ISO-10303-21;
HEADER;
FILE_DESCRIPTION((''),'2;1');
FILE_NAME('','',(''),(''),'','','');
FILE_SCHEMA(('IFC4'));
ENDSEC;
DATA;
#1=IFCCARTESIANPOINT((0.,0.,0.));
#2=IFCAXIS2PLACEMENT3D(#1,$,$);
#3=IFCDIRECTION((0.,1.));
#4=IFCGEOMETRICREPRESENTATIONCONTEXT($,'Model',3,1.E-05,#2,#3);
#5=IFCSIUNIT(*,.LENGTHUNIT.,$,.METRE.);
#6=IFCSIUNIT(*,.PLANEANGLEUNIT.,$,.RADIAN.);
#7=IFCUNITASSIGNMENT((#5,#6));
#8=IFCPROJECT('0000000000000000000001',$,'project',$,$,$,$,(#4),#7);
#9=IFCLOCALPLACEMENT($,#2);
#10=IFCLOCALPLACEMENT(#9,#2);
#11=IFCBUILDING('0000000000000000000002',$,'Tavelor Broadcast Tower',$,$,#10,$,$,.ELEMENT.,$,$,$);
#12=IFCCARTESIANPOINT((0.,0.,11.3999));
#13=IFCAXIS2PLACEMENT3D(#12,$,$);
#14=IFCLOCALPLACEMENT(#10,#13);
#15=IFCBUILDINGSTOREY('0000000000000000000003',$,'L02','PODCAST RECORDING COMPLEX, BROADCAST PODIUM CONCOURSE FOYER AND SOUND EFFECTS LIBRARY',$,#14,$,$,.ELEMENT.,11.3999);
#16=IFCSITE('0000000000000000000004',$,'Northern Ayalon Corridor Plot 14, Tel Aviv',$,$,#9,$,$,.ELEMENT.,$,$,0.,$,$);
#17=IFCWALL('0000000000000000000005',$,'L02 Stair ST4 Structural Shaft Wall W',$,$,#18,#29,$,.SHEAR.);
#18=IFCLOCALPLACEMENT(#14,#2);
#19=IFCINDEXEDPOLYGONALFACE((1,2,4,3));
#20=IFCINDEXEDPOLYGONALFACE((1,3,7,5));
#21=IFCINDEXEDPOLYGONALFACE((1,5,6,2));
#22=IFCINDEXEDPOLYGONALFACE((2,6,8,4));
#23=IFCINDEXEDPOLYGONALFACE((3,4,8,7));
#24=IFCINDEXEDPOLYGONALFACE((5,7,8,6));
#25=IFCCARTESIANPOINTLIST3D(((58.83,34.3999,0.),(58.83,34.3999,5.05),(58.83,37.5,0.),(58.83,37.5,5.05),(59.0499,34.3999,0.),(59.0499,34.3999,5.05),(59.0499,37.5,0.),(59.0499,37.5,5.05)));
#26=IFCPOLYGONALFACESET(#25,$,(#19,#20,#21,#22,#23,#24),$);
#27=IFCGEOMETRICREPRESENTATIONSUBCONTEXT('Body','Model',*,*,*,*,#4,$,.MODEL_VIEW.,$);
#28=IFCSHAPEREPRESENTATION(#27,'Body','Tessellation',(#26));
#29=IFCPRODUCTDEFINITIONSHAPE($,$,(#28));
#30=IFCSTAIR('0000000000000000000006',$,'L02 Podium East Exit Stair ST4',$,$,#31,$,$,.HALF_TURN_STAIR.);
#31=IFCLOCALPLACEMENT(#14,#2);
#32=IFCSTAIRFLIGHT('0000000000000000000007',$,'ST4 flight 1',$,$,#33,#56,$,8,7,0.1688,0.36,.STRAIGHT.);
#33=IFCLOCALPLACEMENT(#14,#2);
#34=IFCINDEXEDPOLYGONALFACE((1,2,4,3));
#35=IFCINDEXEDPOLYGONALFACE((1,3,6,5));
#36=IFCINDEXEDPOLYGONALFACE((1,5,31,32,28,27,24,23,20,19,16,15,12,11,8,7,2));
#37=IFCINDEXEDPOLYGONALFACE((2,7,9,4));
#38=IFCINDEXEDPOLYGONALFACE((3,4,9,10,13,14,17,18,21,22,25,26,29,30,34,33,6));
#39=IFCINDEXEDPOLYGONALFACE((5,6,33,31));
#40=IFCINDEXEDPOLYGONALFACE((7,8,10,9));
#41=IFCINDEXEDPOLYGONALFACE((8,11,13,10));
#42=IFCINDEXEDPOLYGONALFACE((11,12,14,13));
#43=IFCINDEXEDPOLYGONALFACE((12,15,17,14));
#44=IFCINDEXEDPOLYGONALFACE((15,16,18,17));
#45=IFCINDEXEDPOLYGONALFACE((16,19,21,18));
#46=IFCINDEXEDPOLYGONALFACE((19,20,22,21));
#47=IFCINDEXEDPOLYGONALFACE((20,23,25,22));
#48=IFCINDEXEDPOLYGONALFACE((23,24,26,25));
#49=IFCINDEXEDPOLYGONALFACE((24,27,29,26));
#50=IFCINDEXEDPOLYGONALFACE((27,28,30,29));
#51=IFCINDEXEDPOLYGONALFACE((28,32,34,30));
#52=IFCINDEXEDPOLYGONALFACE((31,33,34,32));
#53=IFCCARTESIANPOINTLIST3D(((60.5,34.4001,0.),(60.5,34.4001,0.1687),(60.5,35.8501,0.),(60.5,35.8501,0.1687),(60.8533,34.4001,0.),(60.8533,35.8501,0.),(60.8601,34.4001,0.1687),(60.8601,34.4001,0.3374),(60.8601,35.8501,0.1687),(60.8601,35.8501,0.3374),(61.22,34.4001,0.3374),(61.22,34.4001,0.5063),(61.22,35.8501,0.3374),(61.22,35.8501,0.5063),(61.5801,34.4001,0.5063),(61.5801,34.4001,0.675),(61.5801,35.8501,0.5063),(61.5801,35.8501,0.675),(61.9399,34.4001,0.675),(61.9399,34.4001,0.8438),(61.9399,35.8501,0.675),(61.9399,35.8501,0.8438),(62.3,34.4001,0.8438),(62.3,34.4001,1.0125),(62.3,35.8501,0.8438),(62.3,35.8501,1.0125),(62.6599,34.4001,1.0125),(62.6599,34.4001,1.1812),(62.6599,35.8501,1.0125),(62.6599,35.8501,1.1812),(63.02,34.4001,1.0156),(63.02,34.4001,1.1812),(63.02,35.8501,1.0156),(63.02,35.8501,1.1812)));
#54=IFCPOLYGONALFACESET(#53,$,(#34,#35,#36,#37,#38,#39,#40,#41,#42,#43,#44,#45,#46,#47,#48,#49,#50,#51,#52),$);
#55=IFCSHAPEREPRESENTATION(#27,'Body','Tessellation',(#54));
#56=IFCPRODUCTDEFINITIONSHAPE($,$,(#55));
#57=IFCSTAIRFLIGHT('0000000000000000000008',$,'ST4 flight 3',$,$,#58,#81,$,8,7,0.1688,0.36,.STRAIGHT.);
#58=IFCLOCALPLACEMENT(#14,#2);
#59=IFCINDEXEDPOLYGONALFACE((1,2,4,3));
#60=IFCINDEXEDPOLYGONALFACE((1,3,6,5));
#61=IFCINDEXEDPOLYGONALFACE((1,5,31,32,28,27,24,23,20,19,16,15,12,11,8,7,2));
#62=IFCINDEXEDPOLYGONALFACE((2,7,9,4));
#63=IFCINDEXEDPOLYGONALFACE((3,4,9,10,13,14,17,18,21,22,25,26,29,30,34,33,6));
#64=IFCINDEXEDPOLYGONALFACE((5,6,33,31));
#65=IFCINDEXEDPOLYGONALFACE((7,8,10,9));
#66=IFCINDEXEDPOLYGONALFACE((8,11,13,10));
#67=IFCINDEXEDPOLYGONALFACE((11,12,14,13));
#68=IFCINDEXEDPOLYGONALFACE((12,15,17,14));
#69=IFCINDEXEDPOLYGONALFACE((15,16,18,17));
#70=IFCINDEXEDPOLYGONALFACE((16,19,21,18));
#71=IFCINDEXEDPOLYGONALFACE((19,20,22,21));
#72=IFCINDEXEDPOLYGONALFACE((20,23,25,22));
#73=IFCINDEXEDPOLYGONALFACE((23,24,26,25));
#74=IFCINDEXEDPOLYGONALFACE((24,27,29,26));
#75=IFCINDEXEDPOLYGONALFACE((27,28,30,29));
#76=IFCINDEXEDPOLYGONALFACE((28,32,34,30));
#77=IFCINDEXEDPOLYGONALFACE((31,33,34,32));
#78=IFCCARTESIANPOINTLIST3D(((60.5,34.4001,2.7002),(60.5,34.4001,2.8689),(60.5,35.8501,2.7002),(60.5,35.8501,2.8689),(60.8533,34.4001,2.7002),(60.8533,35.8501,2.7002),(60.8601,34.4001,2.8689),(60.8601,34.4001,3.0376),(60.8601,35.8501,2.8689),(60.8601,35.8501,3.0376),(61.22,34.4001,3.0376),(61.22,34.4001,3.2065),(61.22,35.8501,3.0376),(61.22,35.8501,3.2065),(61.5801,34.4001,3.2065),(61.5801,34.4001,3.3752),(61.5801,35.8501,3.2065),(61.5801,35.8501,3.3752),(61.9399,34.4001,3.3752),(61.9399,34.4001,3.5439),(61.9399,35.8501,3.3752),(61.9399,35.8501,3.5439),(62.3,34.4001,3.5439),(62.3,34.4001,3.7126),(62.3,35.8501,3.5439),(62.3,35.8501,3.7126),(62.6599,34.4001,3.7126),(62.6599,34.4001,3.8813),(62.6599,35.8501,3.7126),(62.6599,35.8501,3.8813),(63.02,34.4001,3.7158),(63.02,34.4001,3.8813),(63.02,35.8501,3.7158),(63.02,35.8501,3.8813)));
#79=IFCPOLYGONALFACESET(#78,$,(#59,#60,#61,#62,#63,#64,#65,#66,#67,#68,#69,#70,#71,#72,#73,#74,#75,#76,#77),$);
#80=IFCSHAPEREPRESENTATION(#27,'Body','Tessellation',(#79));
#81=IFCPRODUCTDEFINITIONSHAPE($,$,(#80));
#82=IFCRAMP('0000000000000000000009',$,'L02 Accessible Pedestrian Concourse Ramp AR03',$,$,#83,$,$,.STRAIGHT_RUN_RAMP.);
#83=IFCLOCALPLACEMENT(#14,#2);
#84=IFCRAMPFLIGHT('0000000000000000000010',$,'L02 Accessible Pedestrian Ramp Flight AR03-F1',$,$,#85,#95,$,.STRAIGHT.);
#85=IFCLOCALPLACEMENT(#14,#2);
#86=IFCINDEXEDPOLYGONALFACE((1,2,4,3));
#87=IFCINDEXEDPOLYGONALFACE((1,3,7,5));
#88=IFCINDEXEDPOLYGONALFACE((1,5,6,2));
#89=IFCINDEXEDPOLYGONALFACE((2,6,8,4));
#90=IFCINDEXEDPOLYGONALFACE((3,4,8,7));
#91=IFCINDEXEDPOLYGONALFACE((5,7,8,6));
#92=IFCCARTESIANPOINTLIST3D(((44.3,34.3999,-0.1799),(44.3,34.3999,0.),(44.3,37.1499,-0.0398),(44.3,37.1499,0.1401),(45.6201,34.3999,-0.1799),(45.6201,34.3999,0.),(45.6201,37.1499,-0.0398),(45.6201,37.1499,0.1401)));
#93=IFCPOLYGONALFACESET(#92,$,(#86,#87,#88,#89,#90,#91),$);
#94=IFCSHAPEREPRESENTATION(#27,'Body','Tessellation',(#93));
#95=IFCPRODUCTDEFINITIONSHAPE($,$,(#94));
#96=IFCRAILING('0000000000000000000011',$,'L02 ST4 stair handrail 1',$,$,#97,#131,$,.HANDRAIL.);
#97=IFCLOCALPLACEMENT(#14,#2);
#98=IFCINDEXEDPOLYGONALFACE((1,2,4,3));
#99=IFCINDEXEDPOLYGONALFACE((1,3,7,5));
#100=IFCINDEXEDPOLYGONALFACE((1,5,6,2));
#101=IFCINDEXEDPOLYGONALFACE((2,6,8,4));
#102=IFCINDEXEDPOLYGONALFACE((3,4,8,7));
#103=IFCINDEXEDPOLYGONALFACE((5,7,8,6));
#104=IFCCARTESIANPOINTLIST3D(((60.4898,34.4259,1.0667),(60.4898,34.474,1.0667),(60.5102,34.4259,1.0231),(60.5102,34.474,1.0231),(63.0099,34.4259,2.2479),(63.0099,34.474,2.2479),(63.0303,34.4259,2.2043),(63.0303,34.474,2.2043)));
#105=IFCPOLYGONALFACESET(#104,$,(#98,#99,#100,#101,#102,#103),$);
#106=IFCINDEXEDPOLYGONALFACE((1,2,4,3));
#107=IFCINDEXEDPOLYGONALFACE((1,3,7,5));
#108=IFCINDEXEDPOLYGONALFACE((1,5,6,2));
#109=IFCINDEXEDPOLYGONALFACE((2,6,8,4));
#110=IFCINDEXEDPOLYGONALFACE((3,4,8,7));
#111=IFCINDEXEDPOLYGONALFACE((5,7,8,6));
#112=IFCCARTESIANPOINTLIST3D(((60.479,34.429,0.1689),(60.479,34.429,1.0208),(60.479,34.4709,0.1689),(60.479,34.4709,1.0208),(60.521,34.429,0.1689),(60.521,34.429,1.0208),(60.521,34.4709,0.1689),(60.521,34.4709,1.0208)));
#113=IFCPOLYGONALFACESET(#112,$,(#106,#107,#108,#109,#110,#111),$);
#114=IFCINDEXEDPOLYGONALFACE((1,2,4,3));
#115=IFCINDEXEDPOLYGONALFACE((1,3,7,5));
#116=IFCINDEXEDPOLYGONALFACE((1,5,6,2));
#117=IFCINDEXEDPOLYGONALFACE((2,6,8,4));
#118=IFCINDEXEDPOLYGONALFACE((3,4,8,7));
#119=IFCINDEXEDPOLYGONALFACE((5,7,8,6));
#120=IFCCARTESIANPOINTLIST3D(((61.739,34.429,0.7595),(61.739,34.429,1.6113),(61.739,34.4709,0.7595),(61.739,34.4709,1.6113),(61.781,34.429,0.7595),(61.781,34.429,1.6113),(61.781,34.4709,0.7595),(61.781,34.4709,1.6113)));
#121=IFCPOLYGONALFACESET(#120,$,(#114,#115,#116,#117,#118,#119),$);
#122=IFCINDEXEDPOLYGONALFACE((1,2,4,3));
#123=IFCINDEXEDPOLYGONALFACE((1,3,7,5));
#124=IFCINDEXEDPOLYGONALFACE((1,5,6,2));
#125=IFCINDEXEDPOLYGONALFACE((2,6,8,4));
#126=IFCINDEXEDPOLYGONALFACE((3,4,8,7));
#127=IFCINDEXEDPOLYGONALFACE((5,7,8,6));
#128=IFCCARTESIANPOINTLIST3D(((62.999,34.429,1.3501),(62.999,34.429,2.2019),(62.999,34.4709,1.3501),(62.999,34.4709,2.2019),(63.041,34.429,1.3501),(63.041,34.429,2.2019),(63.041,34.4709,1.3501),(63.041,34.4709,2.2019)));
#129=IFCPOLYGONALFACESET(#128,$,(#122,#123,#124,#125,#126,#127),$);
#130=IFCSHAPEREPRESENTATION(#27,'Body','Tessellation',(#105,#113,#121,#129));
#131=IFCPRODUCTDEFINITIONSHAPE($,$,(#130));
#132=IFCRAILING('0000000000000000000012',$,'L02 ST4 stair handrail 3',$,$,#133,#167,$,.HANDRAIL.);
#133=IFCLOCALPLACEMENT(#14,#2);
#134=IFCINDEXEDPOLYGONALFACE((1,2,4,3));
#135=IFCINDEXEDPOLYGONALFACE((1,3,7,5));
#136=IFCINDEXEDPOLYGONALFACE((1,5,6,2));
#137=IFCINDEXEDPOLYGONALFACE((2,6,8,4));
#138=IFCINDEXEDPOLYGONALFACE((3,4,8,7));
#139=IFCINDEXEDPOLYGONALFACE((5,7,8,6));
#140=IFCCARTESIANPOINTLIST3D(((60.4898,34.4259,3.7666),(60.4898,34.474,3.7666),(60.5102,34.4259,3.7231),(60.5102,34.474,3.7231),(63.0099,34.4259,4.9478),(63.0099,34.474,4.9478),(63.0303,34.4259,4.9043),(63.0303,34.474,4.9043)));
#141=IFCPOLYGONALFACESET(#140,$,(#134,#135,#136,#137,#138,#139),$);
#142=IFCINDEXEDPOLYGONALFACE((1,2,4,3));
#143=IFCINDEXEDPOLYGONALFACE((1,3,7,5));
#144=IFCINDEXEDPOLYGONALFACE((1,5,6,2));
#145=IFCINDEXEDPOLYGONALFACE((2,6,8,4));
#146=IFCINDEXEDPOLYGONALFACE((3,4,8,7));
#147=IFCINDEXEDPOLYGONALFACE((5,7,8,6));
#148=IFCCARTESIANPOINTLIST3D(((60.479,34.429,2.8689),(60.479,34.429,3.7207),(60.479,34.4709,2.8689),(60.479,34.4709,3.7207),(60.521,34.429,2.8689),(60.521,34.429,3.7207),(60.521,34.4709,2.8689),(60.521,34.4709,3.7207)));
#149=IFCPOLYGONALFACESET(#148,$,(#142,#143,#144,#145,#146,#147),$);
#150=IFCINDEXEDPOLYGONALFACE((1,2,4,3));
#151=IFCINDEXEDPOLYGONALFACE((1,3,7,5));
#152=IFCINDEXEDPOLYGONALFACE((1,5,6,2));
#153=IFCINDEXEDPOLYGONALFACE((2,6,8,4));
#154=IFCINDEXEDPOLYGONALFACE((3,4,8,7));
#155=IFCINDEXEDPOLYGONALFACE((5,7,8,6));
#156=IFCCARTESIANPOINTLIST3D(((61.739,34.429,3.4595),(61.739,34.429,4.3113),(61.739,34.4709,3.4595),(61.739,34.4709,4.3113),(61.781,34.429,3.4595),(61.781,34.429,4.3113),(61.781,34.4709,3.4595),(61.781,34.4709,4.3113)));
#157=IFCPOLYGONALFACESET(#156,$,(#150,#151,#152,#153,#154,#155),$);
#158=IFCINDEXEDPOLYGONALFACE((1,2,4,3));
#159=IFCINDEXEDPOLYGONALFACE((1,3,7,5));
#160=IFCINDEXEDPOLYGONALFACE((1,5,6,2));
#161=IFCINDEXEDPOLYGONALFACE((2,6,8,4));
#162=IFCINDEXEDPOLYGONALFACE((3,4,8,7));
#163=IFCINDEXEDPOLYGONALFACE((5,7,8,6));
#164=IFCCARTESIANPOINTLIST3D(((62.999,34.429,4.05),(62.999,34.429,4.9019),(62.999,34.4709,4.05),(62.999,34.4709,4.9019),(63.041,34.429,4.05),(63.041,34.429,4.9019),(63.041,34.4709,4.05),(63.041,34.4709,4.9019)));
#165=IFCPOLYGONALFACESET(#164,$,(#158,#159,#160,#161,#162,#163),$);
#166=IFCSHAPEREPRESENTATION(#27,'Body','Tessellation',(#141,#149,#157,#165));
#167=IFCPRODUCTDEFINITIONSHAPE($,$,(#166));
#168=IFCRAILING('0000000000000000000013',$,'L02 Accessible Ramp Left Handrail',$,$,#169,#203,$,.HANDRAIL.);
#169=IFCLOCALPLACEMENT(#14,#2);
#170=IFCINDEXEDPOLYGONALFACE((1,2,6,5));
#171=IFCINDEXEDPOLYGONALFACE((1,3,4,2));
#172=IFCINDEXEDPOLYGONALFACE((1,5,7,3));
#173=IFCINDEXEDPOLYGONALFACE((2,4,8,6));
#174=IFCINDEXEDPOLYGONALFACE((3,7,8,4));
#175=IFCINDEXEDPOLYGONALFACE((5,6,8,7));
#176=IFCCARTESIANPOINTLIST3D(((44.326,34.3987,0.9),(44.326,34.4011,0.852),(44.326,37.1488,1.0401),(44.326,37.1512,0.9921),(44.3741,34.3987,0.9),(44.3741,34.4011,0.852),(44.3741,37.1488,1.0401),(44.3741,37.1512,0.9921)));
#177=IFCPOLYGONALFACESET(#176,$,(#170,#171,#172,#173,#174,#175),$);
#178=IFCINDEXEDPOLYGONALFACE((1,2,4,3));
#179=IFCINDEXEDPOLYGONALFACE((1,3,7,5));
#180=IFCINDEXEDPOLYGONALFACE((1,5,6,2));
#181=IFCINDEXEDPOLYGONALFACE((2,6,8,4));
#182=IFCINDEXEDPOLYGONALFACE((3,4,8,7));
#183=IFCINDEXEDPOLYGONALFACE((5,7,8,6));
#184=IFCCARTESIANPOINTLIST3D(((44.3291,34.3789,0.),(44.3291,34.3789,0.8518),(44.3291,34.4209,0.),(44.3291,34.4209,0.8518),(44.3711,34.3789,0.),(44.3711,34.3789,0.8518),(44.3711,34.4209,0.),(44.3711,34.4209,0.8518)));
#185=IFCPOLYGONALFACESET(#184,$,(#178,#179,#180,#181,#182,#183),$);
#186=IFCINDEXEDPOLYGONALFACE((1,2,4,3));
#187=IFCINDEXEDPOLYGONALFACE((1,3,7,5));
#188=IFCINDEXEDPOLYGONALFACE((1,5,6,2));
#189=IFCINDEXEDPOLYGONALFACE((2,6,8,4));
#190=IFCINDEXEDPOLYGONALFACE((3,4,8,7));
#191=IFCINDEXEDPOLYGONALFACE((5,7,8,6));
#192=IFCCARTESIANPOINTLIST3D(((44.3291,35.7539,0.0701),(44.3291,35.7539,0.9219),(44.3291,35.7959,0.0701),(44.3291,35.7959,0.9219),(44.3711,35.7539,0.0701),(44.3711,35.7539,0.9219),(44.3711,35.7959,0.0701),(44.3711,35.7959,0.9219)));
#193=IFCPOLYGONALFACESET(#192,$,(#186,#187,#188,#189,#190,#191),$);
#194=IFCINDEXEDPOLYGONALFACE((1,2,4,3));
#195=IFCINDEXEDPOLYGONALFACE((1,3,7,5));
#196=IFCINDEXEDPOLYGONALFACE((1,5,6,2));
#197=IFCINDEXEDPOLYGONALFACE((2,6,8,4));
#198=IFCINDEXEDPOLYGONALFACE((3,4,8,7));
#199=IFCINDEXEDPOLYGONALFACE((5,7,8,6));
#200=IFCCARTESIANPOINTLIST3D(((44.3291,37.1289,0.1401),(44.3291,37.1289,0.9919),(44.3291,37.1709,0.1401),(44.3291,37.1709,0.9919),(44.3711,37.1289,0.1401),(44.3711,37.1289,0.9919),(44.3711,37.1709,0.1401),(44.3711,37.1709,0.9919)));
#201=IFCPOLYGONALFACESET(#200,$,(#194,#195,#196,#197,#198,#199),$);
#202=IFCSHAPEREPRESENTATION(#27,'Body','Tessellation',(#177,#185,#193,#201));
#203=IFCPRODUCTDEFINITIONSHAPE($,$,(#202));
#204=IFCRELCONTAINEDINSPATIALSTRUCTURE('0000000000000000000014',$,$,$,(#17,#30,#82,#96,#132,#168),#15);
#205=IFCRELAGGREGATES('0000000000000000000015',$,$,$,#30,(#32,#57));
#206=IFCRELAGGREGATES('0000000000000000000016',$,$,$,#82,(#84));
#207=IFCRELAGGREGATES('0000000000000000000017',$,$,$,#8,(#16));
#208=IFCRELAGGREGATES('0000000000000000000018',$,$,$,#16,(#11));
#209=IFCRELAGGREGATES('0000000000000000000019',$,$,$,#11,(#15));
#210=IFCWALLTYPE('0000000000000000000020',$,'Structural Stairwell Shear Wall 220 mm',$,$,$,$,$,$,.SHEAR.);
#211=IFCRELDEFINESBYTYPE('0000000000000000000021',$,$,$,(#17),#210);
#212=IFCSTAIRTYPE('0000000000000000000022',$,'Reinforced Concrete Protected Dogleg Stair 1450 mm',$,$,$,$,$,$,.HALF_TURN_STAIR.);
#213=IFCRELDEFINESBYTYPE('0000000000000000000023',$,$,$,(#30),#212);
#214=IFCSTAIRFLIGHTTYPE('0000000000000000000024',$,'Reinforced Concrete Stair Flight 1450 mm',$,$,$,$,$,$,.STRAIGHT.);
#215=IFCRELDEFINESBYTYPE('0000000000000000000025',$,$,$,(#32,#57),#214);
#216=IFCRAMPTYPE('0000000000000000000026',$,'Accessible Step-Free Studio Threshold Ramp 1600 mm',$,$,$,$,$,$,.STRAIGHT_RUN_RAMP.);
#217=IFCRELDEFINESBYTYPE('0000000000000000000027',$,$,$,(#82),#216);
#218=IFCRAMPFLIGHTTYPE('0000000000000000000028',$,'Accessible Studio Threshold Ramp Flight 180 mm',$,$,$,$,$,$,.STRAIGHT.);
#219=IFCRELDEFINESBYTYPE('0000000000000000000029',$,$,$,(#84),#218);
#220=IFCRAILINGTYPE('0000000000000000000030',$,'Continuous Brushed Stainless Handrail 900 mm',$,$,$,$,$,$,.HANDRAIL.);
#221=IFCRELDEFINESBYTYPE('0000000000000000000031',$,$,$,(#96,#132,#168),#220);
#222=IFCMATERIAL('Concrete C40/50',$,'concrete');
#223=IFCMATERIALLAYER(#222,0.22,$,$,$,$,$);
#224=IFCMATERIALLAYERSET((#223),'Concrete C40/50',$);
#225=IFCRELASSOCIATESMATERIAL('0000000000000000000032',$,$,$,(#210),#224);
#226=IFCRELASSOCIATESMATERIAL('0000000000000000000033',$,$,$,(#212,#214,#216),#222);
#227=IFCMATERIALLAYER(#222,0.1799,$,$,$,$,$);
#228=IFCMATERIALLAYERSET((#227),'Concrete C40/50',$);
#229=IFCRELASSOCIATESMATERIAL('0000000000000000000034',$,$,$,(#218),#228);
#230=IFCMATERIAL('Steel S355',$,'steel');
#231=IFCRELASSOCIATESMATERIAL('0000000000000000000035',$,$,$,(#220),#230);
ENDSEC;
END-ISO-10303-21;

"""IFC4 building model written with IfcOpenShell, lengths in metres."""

from ifc_helpers import new_model, si_unit, direction, frame, frame_2d, origin, origin_2d, place, context, subcontext, project, spatial, polyline, rectangle, outline, extrude, material, layer, layer_set, type_object, element, aggregate, save


model = new_model("IFC4")

# Units and contexts
model_context = context("Model", 3, precision=1e-05, world=origin(), true_north=direction((0.0, 1.0)))
body_context = subcontext(model_context, "Body", "Model", "MODEL_VIEW")
ifc_project = project(units=[si_unit("LENGTHUNIT", "METRE"), si_unit("PLANEANGLEUNIT", "RADIAN")], contexts=[model_context])

# Site, building, storey
site_placement = place(None, origin())
site = spatial("IfcSite", under=ifc_project, at=site_placement, Name="Northern Ayalon Corridor Plot 14, Tel Aviv", CompositionType="ELEMENT", RefElevation=0.0)
building_placement = place(site_placement, origin())
building = spatial("IfcBuilding", under=site, at=building_placement, Name="Tavelor Broadcast Tower", CompositionType="ELEMENT")
storey_placement = place(building_placement, frame((0.0, 0.0, 11.3999)))
storey = spatial("IfcBuildingStorey", under=building, at=storey_placement, Name="L02", Description="PODCAST RECORDING COMPLEX, BROADCAST PODIUM CONCOURSE FOYER AND SOUND EFFECTS LIBRARY", CompositionType="ELEMENT", Elevation=11.3999)

# Shared definitions
ifc_material_1 = material(Name="Steel S355", Category="steel")

# Shared definitions
ifc_material_2 = material(Name="Concrete C40/50", Category="concrete")
ifc_layer_1 = layer(ifc_material_2, 0.22)
ifc_layer_set_1 = layer_set([ifc_layer_1], Name="Concrete C40/50")
wall_type_1 = type_object("IfcWallType", Name="Structural Stairwell Shear Wall 220 mm", PredefinedType="SHEAR", material=ifc_layer_set_1)

# Wall
wall_1_placement = place(storey_placement, frame((58.9399, 34.3999, 0.0), z_axis=(0.0, 0.0, 1.0), x_axis=(0.0, 1.0, 0.0)))
element("IfcWall", 1, at=wall_1_placement, inside=storey, type_object=wall_type_1, Name="L02 Stair ST4 Structural Shaft Wall W", PredefinedType="SHEAR", context=body_context, shape_type="SweptSolid", body=[
    extrude(rectangle(XDim=3.1001, YDim=0.22, at=frame_2d((1.55, 0.0))), origin(), (0.0, 0.0, 1.0), 5.05),
])

# Stair, stair flights
stair_type = type_object("IfcStairType", Name="Reinforced Concrete Protected Dogleg Stair 1450 mm", PredefinedType="HALF_TURN_STAIR", material=ifc_material_2)
stair_placement = place(storey_placement, origin())
stair = element("IfcStair", 2, at=stair_placement, inside=storey, type_object=stair_type, Name="L02 Podium East Exit Stair ST4", PredefinedType="HALF_TURN_STAIR")
stair_flight_type = type_object("IfcStairFlightType", Name="Reinforced Concrete Stair Flight 1450 mm", PredefinedType="STRAIGHT", material=ifc_material_2)
stair_flight_1_placement = place(storey_placement, frame((60.5, 35.125, 0.0), z_axis=(0.0, 0.0, 1.0), x_axis=(1.0, 0.0, 0.0)))
stair_flight_1 = element("IfcStairFlight", 3, at=stair_flight_1_placement, type_object=stair_flight_type, Name="ST4 flight 1", NumberOfRisers=8, NumberOfTreads=7, PredefinedType="STRAIGHT", RiserHeight=0.1688, TreadLength=0.36, context=body_context, shape_type="SweptSolid", body=[
    extrude(outline(polyline([(0.0, 0.0), (0.0, 0.1687), (0.3601, 0.1687), (0.3601, 0.3374), (0.72, 0.3374), (0.72, 0.5063), (1.0801, 0.5063), (1.0801, 0.675), (1.4399, 0.675), (1.4399, 0.8438), (1.8, 0.8438), (1.8, 1.0125), (2.1599, 1.0125), (2.1599, 1.1812), (2.52, 1.1812), (2.52, 1.3501), (2.52, 1.0156), (0.3533, 0.0), (0.0, 0.0)])), frame((0.0, 0.7251, 0.0), z_axis=(0.0, -1.0, 0.0), x_axis=(1.0, 0.0, 0.0)), (0.0, 0.0, 1.0), 1.45),
])
stair_flight_2_placement = place(storey_placement, frame((60.5, 35.125, 2.7002), z_axis=(0.0, 0.0, 1.0), x_axis=(1.0, 0.0, 0.0)))
stair_flight_2 = element("IfcStairFlight", 4, at=stair_flight_2_placement, type_object=stair_flight_type, Name="ST4 flight 3", NumberOfRisers=8, NumberOfTreads=7, PredefinedType="STRAIGHT", RiserHeight=0.1688, TreadLength=0.36, context=body_context, shape_type="SweptSolid", body=[
    extrude(outline(polyline([(0.0, 0.0), (0.0, 0.1687), (0.3601, 0.1687), (0.3601, 0.3374), (0.72, 0.3374), (0.72, 0.5063), (1.0801, 0.5063), (1.0801, 0.675), (1.4399, 0.675), (1.4399, 0.8438), (1.8, 0.8438), (1.8, 1.0125), (2.1599, 1.0125), (2.1599, 1.1812), (2.52, 1.1812), (2.52, 1.3501), (2.52, 1.0156), (0.3533, 0.0), (0.0, 0.0)])), frame((0.0, 0.7251, 0.0), z_axis=(0.0, -1.0, 0.0), x_axis=(1.0, 0.0, 0.0)), (0.0, 0.0, 1.0), 1.45),
])
aggregate(stair, [stair_flight_1, stair_flight_2])

# Ramp, ramp flight
ramp_type = type_object("IfcRampType", Name="Accessible Step-Free Studio Threshold Ramp 1600 mm", PredefinedType="STRAIGHT_RUN_RAMP", material=ifc_material_2)
ramp_placement = place(storey_placement, origin())
ramp = element("IfcRamp", 5, at=ramp_placement, inside=storey, type_object=ramp_type, Name="L02 Accessible Pedestrian Concourse Ramp AR03", PredefinedType="STRAIGHT_RUN_RAMP")
ifc_layer_2 = layer(ifc_material_2, 0.1799)
ifc_layer_set_2 = layer_set([ifc_layer_2], Name="Concrete C40/50")
ramp_flight_type = type_object("IfcRampFlightType", Name="Accessible Studio Threshold Ramp Flight 180 mm", PredefinedType="STRAIGHT", material=ifc_layer_set_2)
ramp_flight_placement = place(storey_placement, frame((44.3, 34.3999, 0.0), z_axis=(0.0, 0.0, 1.0), x_axis=(0.0, 1.0, 0.0)))
ramp_flight = element("IfcRampFlight", 6, at=ramp_flight_placement, type_object=ramp_flight_type, Name="L02 Accessible Pedestrian Ramp Flight AR03-F1", PredefinedType="STRAIGHT", context=body_context, shape_type="SweptSolid", body=[
    extrude(outline(polyline([(0.0, -0.1799), (2.75, -0.0398), (2.75, 0.1401), (0.0, 0.0), (0.0, -0.1799)])), frame((0.0, 0.0, 0.0), z_axis=(0.0, -1.0, 0.0), x_axis=(1.0, 0.0, 0.0)), (0.0, 0.0, 1.0), 1.3201),
])
aggregate(ramp, [ramp_flight])

# Railings
railing_type_1 = type_object("IfcRailingType", Name="Continuous Brushed Stainless Handrail 900 mm", PredefinedType="HANDRAIL", material=ifc_material_1)
for number, where, name in (
    (7, (60.5, 34.45, 0.1689), "L02 ST4 stair handrail 1"),
    (8, (60.5, 34.45, 2.8689), "L02 ST4 stair handrail 3"),
):
    element("IfcRailing", number, at=place(storey_placement, frame(where)), inside=storey, type_object=railing_type_1, Name=name, PredefinedType="HANDRAIL", context=body_context, shape_type="SweptSolid", body=[
        extrude(rectangle(XDim=0.0481, YDim=0.0481, at=origin_2d()), frame((0.0, 0.0, 0.876), z_axis=(0.905474, 0.0, 0.424402), x_axis=(0.0, 1.0, 0.0)), (0.0, 0.0, 1.0), 2.7832),
        extrude(rectangle(XDim=0.042, YDim=0.042, at=origin_2d()), origin(), (0.0, 0.0, 1.0), 0.8518),
        extrude(rectangle(XDim=0.042, YDim=0.042, at=origin_2d()), frame((1.26, 0.0, 0.5906)), (0.0, 0.0, 1.0), 0.8518),
        extrude(rectangle(XDim=0.042, YDim=0.042, at=origin_2d()), frame((2.52, 0.0, 1.1812)), (0.0, 0.0, 1.0), 0.8518),
    ])
for number, where, name in (
    (9, (44.3501, 34.3999, 0.0), "L02 Accessible Ramp Left Handrail"),
):
    element("IfcRailing", number, at=place(storey_placement, frame(where)), inside=storey, type_object=railing_type_1, Name=name, PredefinedType="HANDRAIL", context=body_context, shape_type="SweptSolid", body=[
        extrude(rectangle(XDim=0.0481, YDim=0.0481, at=origin_2d()), frame((0.0, 0.0, 0.876), z_axis=(0.0, 0.998704, 0.050893), x_axis=(-1.0, 0.0, 0.0)), (0.0, 0.0, 1.0), 2.7537),
        extrude(rectangle(XDim=0.042, YDim=0.042, at=origin_2d()), origin(), (0.0, 0.0, 1.0), 0.8518),
        extrude(rectangle(XDim=0.042, YDim=0.042, at=origin_2d()), frame((0.0, 1.375, 0.0701)), (0.0, 0.0, 1.0), 0.8518),
        extrude(rectangle(XDim=0.042, YDim=0.042, at=origin_2d()), frame((0.0, 2.75, 0.1401)), (0.0, 0.0, 1.0), 0.8518),
    ])

save(model, "model.ifc")
